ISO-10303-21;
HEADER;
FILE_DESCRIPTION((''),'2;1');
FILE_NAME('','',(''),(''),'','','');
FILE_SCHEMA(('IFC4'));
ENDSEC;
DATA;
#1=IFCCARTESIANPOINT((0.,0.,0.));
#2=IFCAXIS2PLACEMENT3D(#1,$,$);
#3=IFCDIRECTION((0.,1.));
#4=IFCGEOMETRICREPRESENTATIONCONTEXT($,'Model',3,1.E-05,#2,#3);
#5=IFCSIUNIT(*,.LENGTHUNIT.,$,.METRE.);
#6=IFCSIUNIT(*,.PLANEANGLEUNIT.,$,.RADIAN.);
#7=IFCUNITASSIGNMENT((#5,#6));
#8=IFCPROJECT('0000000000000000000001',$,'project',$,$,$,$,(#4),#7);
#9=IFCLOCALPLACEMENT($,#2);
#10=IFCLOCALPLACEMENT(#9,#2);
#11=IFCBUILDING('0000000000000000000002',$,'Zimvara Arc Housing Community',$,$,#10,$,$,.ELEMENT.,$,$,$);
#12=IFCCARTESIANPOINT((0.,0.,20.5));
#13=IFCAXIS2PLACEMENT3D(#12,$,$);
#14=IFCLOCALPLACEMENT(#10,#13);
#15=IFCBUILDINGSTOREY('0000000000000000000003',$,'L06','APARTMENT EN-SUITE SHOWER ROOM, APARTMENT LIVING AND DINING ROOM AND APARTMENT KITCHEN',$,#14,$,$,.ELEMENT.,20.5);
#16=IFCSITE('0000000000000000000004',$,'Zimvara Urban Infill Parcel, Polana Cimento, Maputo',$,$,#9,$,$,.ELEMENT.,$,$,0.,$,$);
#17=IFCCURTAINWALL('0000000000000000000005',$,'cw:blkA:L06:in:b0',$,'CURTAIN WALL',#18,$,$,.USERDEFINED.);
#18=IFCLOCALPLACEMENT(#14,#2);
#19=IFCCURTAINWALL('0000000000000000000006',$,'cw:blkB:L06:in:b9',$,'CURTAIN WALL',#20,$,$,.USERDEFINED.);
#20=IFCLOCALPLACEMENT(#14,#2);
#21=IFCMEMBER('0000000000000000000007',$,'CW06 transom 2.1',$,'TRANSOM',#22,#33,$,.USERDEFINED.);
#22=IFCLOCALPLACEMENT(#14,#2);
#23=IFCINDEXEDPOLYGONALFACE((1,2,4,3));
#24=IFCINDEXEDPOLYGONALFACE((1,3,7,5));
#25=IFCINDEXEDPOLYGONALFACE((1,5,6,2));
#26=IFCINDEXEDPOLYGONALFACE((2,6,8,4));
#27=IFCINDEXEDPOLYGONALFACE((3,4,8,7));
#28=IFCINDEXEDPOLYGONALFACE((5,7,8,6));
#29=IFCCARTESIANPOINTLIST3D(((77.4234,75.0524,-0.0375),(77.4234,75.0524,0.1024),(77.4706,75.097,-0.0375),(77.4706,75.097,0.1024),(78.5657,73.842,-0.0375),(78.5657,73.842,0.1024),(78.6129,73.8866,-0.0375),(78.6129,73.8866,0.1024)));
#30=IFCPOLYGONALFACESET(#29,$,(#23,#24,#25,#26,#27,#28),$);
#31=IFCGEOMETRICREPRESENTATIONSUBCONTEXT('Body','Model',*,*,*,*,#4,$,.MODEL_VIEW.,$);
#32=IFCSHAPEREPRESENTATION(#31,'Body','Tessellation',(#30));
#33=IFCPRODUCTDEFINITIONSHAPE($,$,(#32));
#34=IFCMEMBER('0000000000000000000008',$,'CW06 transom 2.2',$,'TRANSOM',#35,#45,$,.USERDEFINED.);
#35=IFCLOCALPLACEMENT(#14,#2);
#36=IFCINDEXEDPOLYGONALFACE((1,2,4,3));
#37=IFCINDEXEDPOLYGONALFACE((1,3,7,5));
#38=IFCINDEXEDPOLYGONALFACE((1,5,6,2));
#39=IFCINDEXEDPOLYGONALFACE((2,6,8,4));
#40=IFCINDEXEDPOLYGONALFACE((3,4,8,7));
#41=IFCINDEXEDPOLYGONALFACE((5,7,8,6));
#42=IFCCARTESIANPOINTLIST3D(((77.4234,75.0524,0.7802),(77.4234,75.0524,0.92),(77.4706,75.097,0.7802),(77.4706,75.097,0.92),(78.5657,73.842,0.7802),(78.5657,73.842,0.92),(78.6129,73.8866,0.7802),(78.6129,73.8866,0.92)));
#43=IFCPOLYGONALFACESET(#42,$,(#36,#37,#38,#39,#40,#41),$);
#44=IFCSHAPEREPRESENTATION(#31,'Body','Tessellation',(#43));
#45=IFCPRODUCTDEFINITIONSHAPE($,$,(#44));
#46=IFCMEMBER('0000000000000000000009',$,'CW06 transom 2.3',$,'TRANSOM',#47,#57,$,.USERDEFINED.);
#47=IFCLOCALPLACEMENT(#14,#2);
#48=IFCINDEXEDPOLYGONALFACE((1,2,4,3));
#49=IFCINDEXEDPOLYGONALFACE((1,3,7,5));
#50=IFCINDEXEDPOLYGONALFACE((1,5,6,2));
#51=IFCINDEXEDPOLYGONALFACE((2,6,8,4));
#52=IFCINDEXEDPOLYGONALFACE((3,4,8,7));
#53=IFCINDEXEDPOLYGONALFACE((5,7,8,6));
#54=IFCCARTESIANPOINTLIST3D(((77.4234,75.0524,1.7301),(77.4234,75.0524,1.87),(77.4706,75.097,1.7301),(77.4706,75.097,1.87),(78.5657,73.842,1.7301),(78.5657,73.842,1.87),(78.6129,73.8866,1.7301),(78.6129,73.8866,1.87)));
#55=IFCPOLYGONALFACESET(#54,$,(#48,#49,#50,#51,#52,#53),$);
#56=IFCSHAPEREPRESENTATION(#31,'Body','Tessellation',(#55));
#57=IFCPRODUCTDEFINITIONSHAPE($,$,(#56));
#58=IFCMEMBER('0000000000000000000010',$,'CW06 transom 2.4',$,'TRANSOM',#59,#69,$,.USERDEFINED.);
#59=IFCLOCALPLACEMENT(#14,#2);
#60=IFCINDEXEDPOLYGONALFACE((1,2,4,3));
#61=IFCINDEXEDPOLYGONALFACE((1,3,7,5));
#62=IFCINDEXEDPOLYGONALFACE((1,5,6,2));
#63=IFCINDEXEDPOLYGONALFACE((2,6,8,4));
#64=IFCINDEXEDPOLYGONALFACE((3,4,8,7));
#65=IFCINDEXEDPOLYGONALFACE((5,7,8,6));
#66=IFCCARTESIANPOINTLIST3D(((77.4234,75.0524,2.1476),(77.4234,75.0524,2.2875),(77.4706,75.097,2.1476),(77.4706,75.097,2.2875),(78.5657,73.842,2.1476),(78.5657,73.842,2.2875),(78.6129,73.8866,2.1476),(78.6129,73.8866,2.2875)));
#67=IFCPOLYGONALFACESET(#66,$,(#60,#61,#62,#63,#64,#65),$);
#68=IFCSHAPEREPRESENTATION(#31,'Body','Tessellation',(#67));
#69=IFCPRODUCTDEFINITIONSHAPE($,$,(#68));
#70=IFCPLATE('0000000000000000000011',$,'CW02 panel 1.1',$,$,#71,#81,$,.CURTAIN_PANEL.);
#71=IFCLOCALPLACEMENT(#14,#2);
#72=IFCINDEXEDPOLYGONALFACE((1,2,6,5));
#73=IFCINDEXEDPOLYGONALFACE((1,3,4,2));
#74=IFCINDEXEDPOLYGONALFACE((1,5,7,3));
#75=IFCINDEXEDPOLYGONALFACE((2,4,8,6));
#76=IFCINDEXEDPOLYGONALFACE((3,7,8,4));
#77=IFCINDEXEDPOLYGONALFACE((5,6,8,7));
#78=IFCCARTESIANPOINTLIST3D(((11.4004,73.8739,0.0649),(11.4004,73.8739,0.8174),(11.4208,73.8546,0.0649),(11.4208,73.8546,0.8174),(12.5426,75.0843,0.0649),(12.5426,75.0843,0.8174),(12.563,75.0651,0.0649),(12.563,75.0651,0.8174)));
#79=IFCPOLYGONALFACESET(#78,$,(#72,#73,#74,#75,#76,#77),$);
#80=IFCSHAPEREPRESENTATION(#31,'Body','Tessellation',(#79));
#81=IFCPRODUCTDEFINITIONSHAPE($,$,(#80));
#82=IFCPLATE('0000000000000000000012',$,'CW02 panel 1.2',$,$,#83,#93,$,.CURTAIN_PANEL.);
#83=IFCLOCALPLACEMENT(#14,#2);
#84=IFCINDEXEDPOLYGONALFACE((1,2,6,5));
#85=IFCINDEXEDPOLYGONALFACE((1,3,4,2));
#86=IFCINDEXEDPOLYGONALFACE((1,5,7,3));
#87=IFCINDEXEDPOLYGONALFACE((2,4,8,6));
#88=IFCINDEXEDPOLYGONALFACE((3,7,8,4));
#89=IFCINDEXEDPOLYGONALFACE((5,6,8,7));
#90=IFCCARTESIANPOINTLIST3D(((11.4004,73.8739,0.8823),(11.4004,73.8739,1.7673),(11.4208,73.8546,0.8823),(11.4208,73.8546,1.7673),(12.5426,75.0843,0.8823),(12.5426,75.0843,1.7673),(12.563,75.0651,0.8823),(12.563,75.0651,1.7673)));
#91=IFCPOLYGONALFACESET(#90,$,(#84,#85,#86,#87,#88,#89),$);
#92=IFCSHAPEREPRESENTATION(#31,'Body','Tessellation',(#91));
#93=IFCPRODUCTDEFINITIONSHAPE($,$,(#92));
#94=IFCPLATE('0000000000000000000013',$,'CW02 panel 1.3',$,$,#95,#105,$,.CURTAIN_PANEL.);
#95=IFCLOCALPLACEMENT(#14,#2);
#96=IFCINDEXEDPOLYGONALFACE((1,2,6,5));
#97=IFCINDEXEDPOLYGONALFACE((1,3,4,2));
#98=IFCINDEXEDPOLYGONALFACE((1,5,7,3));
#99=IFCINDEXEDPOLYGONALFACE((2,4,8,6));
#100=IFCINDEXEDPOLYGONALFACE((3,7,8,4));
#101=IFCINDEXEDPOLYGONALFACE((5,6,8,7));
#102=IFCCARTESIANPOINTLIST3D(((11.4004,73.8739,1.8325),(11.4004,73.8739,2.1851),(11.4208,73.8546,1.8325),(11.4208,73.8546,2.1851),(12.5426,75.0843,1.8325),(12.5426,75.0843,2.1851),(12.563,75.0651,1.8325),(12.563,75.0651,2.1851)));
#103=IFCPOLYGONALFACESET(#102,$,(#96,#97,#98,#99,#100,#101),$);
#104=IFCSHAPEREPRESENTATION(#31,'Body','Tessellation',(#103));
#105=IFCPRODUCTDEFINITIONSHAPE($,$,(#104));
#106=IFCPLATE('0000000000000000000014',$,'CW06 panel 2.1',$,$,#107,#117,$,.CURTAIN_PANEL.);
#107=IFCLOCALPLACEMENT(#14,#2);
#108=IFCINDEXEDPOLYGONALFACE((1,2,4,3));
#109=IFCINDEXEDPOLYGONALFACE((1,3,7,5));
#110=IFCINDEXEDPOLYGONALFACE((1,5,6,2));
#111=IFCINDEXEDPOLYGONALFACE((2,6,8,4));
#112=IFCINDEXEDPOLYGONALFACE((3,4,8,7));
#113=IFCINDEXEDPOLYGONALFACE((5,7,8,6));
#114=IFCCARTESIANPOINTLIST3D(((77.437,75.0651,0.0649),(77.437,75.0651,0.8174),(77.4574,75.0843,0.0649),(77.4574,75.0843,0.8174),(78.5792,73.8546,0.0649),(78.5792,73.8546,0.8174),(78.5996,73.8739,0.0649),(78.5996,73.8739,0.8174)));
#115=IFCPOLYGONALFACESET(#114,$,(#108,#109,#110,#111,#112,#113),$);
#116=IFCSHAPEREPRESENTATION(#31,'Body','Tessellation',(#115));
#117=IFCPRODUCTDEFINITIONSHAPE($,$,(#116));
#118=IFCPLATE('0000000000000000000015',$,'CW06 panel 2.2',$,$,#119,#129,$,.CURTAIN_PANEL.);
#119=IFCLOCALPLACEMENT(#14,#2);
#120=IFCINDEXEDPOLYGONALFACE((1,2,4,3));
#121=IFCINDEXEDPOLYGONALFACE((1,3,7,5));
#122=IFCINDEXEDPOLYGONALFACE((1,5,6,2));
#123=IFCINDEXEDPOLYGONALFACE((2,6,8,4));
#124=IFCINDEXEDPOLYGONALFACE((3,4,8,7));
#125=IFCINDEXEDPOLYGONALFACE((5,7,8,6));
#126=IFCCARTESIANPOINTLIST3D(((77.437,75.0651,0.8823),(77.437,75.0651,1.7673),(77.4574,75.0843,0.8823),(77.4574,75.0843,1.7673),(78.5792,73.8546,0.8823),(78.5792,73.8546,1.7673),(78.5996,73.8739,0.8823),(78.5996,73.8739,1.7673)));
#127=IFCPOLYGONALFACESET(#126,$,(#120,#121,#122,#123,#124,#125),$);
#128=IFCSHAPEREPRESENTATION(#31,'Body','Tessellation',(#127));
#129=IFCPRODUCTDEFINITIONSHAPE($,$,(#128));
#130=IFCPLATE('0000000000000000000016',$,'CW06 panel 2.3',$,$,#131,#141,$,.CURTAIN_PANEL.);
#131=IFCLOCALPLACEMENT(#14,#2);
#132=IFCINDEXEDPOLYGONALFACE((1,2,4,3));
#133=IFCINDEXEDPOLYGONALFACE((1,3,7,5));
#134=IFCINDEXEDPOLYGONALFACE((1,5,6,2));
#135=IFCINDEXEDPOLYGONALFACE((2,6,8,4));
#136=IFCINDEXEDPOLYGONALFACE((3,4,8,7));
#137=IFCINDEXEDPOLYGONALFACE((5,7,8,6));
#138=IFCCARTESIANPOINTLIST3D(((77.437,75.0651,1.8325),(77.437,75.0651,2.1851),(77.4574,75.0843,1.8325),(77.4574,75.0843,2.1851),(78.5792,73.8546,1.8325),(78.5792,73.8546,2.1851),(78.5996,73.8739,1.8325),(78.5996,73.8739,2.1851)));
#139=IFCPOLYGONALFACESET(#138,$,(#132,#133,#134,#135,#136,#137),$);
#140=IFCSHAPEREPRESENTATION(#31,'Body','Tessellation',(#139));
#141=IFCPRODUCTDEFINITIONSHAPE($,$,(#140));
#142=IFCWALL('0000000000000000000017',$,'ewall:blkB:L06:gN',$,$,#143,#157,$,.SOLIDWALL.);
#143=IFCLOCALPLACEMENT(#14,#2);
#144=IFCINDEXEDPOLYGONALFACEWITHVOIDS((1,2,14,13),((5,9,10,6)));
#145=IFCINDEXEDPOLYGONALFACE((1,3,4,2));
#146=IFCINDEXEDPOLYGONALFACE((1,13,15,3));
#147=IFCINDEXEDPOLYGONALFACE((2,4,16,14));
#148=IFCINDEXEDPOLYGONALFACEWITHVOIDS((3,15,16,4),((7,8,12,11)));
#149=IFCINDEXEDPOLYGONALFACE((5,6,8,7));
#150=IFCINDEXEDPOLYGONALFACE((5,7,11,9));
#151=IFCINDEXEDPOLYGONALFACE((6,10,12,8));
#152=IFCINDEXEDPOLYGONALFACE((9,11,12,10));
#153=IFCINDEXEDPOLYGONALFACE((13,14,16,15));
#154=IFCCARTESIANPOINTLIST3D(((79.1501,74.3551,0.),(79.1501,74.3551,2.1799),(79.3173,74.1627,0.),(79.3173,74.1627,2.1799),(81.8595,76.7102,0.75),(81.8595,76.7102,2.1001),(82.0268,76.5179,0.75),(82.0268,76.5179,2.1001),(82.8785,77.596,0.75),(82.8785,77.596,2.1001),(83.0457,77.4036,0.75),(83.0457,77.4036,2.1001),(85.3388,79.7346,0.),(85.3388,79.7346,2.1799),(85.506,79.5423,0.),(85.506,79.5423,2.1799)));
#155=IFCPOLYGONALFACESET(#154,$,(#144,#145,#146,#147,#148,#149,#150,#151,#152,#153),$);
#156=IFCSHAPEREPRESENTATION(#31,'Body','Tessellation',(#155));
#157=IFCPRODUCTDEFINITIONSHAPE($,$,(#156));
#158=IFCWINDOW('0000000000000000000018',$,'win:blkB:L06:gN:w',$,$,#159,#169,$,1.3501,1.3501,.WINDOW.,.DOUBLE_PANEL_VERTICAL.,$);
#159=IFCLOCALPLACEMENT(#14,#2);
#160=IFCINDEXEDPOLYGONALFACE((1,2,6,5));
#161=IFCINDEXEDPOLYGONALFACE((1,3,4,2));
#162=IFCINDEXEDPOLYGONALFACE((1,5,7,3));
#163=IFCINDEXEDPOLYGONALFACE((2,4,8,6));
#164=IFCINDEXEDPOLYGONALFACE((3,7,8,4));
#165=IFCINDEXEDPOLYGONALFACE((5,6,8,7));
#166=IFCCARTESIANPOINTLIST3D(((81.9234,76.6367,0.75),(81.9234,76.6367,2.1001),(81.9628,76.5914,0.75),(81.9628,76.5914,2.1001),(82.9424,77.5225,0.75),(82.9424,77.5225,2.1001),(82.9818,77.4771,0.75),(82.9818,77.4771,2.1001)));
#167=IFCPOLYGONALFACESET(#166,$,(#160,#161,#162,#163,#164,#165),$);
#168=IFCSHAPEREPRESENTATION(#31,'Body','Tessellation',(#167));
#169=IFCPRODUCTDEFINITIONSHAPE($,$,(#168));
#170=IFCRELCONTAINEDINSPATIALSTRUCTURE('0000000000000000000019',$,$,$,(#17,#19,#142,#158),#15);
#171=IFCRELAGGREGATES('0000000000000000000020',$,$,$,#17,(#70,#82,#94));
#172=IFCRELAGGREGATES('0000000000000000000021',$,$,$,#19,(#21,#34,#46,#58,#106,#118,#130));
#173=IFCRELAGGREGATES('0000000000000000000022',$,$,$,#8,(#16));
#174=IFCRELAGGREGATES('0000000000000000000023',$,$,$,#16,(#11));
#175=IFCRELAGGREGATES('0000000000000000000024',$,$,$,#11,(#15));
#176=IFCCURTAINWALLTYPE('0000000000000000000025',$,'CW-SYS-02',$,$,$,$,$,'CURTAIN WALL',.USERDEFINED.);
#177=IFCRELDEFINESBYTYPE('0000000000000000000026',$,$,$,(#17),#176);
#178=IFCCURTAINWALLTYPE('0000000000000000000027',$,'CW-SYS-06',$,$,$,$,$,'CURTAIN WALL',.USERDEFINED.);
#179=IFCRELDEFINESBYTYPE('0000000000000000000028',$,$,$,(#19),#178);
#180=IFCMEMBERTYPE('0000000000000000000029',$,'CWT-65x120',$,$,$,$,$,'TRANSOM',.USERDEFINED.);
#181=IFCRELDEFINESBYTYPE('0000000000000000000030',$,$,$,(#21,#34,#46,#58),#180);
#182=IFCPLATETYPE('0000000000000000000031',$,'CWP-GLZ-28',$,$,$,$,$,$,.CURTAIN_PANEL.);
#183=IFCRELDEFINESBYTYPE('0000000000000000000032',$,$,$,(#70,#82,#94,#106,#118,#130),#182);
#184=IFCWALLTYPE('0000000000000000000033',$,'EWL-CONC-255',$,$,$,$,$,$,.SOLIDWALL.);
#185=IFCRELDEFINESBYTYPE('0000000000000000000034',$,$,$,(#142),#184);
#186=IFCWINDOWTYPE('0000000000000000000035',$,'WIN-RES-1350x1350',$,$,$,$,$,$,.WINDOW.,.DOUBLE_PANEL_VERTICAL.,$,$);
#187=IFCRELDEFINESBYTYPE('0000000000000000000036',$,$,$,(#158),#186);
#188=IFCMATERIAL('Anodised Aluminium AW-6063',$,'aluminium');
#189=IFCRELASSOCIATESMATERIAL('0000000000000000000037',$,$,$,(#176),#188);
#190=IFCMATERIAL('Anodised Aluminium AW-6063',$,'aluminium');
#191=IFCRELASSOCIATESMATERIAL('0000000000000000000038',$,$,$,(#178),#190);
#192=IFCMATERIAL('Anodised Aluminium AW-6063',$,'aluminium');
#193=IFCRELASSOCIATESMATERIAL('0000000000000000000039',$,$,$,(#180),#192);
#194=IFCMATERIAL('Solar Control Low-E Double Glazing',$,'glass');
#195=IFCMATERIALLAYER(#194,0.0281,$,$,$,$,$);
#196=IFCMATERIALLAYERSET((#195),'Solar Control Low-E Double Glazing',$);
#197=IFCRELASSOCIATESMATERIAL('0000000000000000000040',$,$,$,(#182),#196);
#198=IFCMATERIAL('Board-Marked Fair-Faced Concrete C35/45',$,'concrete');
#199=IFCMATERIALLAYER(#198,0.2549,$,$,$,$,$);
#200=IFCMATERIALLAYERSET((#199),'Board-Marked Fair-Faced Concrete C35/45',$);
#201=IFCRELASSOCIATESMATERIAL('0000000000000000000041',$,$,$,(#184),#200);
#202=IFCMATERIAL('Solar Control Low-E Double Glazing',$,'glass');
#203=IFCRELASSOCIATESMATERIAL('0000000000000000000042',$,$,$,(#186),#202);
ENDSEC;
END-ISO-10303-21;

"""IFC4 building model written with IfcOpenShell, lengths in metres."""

from ifc_helpers import new_model, si_unit, direction, frame, frame_2d, origin, origin_2d, place, context, subcontext, project, spatial, rectangle, extrude, material, layer, layer_set, material_profile, profile_set, type_object, element, fill, aggregate, save


model = new_model("IFC4")

# Units and contexts
model_context = context("Model", 3, precision=1e-05, world=origin(), true_north=direction((0.0, 1.0)))
body_context = subcontext(model_context, "Body", "Model", "MODEL_VIEW")
ifc_project = project(units=[si_unit("LENGTHUNIT", "METRE"), si_unit("PLANEANGLEUNIT", "RADIAN")], contexts=[model_context])

# Site, building, storey
site_placement = place(None, origin())
site = spatial("IfcSite", under=ifc_project, at=site_placement, Name="Zimvara Urban Infill Parcel, Polana Cimento, Maputo", CompositionType="ELEMENT", RefElevation=0.0)
building_placement = place(site_placement, origin())
building = spatial("IfcBuilding", under=site, at=building_placement, Name="Zimvara Arc Housing Community", CompositionType="ELEMENT")
storey_placement = place(building_placement, frame((0.0, 0.0, 20.5)))
storey = spatial("IfcBuildingStorey", under=building, at=storey_placement, Name="L06", Description="APARTMENT EN-SUITE SHOWER ROOM, APARTMENT LIVING AND DINING ROOM AND APARTMENT KITCHEN", CompositionType="ELEMENT", Elevation=20.5)

# Curtain walls
ifc_material_1 = material(Name="Anodised Aluminium AW-6063", Category="aluminium")
curtain_wall_type_1 = type_object("IfcCurtainWallType", Name="CW-SYS-02", ElementType="CURTAIN WALL", PredefinedType="USERDEFINED", material=ifc_material_1)
curtain_wall_1_placement = place(storey_placement, origin())
curtain_wall_1 = element("IfcCurtainWall", 1, at=curtain_wall_1_placement, inside=storey, type_object=curtain_wall_type_1, Name="cw:blkA:L06:in:b0", ObjectType="CURTAIN WALL", PredefinedType="USERDEFINED")
ifc_material_2 = material(Name="Anodised Aluminium AW-6063", Category="aluminium")
curtain_wall_type_2 = type_object("IfcCurtainWallType", Name="CW-SYS-06", ElementType="CURTAIN WALL", PredefinedType="USERDEFINED", material=ifc_material_2)
curtain_wall_2_placement = place(storey_placement, origin())
curtain_wall_2 = element("IfcCurtainWall", 2, at=curtain_wall_2_placement, inside=storey, type_object=curtain_wall_type_2, Name="cw:blkB:L06:in:b9", ObjectType="CURTAIN WALL", PredefinedType="USERDEFINED")

# Members
ifc_material_3 = material(Name="Anodised Aluminium AW-6063", Category="aluminium")
ifc_material_profile_1 = material_profile(ifc_material_3, rectangle(XDim=0.0649, YDim=0.1399, at=origin_2d()), Name="ALU 65x140")
ifc_profile_set_1 = profile_set([ifc_material_profile_1], Name="Anodised Aluminium AW-6063")
member_type_1 = type_object("IfcMemberType", Name="CWT-65x120", ElementType="TRANSOM", PredefinedType="USERDEFINED", material=ifc_profile_set_1)
member_1_placement = place(storey_placement, frame((77.447, 75.0747, 0.0325), z_axis=(0.686348, -0.727273, 0.0), x_axis=(0.727273, 0.686348, 0.0)))
member_1 = element("IfcMember", 3, at=member_1_placement, type_object=member_type_1, Name="CW06 transom 2.1", ObjectType="TRANSOM", PredefinedType="USERDEFINED", context=body_context, shape_type="SweptSolid", body=[
    extrude(rectangle(XDim=0.0649, YDim=0.1399, at=origin_2d()), origin(), (0.0, 0.0, 1.0), 1.6643),
])
member_2_placement = place(storey_placement, frame((77.447, 75.0747, 0.8501), z_axis=(0.686348, -0.727273, 0.0), x_axis=(0.727273, 0.686348, 0.0)))
member_2 = element("IfcMember", 4, at=member_2_placement, type_object=member_type_1, Name="CW06 transom 2.2", ObjectType="TRANSOM", PredefinedType="USERDEFINED", context=body_context, shape_type="SweptSolid", body=[
    extrude(rectangle(XDim=0.0649, YDim=0.1399, at=origin_2d()), origin(), (0.0, 0.0, 1.0), 1.6643),
])
member_3_placement = place(storey_placement, frame((77.447, 75.0747, 1.8), z_axis=(0.686348, -0.727273, 0.0), x_axis=(0.727273, 0.686348, 0.0)))
member_3 = element("IfcMember", 5, at=member_3_placement, type_object=member_type_1, Name="CW06 transom 2.3", ObjectType="TRANSOM", PredefinedType="USERDEFINED", context=body_context, shape_type="SweptSolid", body=[
    extrude(rectangle(XDim=0.0649, YDim=0.1399, at=origin_2d()), origin(), (0.0, 0.0, 1.0), 1.6643),
])
member_4_placement = place(storey_placement, frame((77.447, 75.0747, 2.2175), z_axis=(0.686348, -0.727273, 0.0), x_axis=(0.727273, 0.686348, 0.0)))
member_4 = element("IfcMember", 6, at=member_4_placement, type_object=member_type_1, Name="CW06 transom 2.4", ObjectType="TRANSOM", PredefinedType="USERDEFINED", context=body_context, shape_type="SweptSolid", body=[
    extrude(rectangle(XDim=0.0649, YDim=0.1399, at=origin_2d()), origin(), (0.0, 0.0, 1.0), 1.6643),
])

# Plates
ifc_material_4 = material(Name="Solar Control Low-E Double Glazing", Category="glass")
ifc_layer_1 = layer(ifc_material_4, 0.0281)
ifc_layer_set_1 = layer_set([ifc_layer_1], Name="Solar Control Low-E Double Glazing")
plate_type = type_object("IfcPlateType", Name="CWP-GLZ-28", PredefinedType="CURTAIN_PANEL", material=ifc_layer_set_1)
plate_1_placement = place(storey_placement, frame((11.9817, 74.4695, 0.0649), z_axis=(0.0, 0.0, 1.0), x_axis=(0.686327, 0.727293, 0.0)))
plate_1 = element("IfcPlate", 7, at=plate_1_placement, type_object=plate_type, Name="CW02 panel 1.1", PredefinedType="CURTAIN_PANEL", context=body_context, shape_type="SweptSolid", body=[
    extrude(rectangle(XDim=1.6643, YDim=0.0281, at=origin_2d()), origin(), (0.0, 0.0, 1.0), 0.7524),
])
plate_2_placement = place(storey_placement, frame((11.9817, 74.4695, 0.8823), z_axis=(0.0, 0.0, 1.0), x_axis=(0.686327, 0.727293, 0.0)))
plate_2 = element("IfcPlate", 8, at=plate_2_placement, type_object=plate_type, Name="CW02 panel 1.2", PredefinedType="CURTAIN_PANEL", context=body_context, shape_type="SweptSolid", body=[
    extrude(rectangle(XDim=1.6643, YDim=0.0281, at=origin_2d()), origin(), (0.0, 0.0, 1.0), 0.885),
])
plate_3_placement = place(storey_placement, frame((11.9817, 74.4695, 1.8325), z_axis=(0.0, 0.0, 1.0), x_axis=(0.686327, 0.727293, 0.0)))
plate_3 = element("IfcPlate", 9, at=plate_3_placement, type_object=plate_type, Name="CW02 panel 1.3", PredefinedType="CURTAIN_PANEL", context=body_context, shape_type="SweptSolid", body=[
    extrude(rectangle(XDim=1.6643, YDim=0.0281, at=origin_2d()), origin(), (0.0, 0.0, 1.0), 0.3525),
])
aggregate(curtain_wall_1, [plate_1, plate_2, plate_3])
plate_4_placement = place(storey_placement, frame((78.0183, 74.4695, 0.0649), z_axis=(0.0, 0.0, 1.0), x_axis=(0.686327, -0.727293, 0.0)))
plate_4 = element("IfcPlate", 10, at=plate_4_placement, type_object=plate_type, Name="CW06 panel 2.1", PredefinedType="CURTAIN_PANEL", context=body_context, shape_type="SweptSolid", body=[
    extrude(rectangle(XDim=1.6643, YDim=0.0281, at=origin_2d()), origin(), (0.0, 0.0, 1.0), 0.7524),
])
plate_5_placement = place(storey_placement, frame((78.0183, 74.4695, 0.8823), z_axis=(0.0, 0.0, 1.0), x_axis=(0.686327, -0.727293, 0.0)))
plate_5 = element("IfcPlate", 11, at=plate_5_placement, type_object=plate_type, Name="CW06 panel 2.2", PredefinedType="CURTAIN_PANEL", context=body_context, shape_type="SweptSolid", body=[
    extrude(rectangle(XDim=1.6643, YDim=0.0281, at=origin_2d()), origin(), (0.0, 0.0, 1.0), 0.885),
])
plate_6_placement = place(storey_placement, frame((78.0183, 74.4695, 1.8325), z_axis=(0.0, 0.0, 1.0), x_axis=(0.686327, -0.727293, 0.0)))
plate_6 = element("IfcPlate", 12, at=plate_6_placement, type_object=plate_type, Name="CW06 panel 2.3", PredefinedType="CURTAIN_PANEL", context=body_context, shape_type="SweptSolid", body=[
    extrude(rectangle(XDim=1.6643, YDim=0.0281, at=origin_2d()), origin(), (0.0, 0.0, 1.0), 0.3525),
])
aggregate(curtain_wall_2, [member_1, member_2, member_3, member_4, plate_4, plate_5, plate_6])

# Wall, opening, window
ifc_material_5 = material(Name="Board-Marked Fair-Faced Concrete C35/45", Category="concrete")
ifc_layer_2 = layer(ifc_material_5, 0.2549)
ifc_layer_set_2 = layer_set([ifc_layer_2], Name="Board-Marked Fair-Faced Concrete C35/45")
wall_type = type_object("IfcWallType", Name="EWL-CONC-255", PredefinedType="SOLIDWALL", material=ifc_layer_set_2)
wall_placement = place(storey_placement, frame((79.2336, 74.2588, 0.0), z_axis=(0.0, 0.0, 1.0), x_axis=(0.754718, 0.65605, 0.0)))
wall = element("IfcWall", 13, at=wall_placement, inside=storey, type_object=wall_type, Name="ewall:blkB:L06:gN", PredefinedType="SOLIDWALL", context=body_context, shape_type="SweptSolid", body=[
    extrude(rectangle(XDim=8.2, YDim=0.2549, at=frame_2d((4.1001, 0.0))), origin(), (0.0, 0.0, 1.0), 2.1799),
])
opening_placement = place(wall_placement, frame((3.5901, 0.0, 0.75)))
opening = element("IfcOpeningElement", 14, at=opening_placement, cuts=wall, PredefinedType="OPENING", context=body_context, shape_type="SweptSolid", body=[
    extrude(rectangle(XDim=1.3501, YDim=1.3501, at=frame_2d((0.675, 0.675))), frame((0.0, 0.1375, 0.0), z_axis=(0.0, -1.0, 0.0), x_axis=(1.0, 0.0, 0.0)), (0.0, 0.0, 1.0), 0.2749),
])
ifc_material_6 = material(Name="Solar Control Low-E Double Glazing", Category="glass")
window_type = type_object("IfcWindowType", Name="WIN-RES-1350x1350", PartitioningType="DOUBLE_PANEL_VERTICAL", PredefinedType="WINDOW", material=ifc_material_6)
window_placement = place(opening_placement, origin())
window = element("IfcWindow", 15, at=window_placement, inside=storey, type_object=window_type, Name="win:blkB:L06:gN:w", OverallHeight=1.3501, OverallWidth=1.3501, PartitioningType="DOUBLE_PANEL_VERTICAL", PredefinedType="WINDOW", context=body_context, shape_type="SweptSolid", body=[
    extrude(rectangle(XDim=1.3501, YDim=1.3501, at=frame_2d((0.675, 0.675))), frame((0.0, 0.03, 0.0), z_axis=(0.0, -1.0, 0.0), x_axis=(1.0, 0.0, 0.0)), (0.0, 0.0, 1.0), 0.0601),
])
fill(opening, window)

save(model, "model.ifc")
